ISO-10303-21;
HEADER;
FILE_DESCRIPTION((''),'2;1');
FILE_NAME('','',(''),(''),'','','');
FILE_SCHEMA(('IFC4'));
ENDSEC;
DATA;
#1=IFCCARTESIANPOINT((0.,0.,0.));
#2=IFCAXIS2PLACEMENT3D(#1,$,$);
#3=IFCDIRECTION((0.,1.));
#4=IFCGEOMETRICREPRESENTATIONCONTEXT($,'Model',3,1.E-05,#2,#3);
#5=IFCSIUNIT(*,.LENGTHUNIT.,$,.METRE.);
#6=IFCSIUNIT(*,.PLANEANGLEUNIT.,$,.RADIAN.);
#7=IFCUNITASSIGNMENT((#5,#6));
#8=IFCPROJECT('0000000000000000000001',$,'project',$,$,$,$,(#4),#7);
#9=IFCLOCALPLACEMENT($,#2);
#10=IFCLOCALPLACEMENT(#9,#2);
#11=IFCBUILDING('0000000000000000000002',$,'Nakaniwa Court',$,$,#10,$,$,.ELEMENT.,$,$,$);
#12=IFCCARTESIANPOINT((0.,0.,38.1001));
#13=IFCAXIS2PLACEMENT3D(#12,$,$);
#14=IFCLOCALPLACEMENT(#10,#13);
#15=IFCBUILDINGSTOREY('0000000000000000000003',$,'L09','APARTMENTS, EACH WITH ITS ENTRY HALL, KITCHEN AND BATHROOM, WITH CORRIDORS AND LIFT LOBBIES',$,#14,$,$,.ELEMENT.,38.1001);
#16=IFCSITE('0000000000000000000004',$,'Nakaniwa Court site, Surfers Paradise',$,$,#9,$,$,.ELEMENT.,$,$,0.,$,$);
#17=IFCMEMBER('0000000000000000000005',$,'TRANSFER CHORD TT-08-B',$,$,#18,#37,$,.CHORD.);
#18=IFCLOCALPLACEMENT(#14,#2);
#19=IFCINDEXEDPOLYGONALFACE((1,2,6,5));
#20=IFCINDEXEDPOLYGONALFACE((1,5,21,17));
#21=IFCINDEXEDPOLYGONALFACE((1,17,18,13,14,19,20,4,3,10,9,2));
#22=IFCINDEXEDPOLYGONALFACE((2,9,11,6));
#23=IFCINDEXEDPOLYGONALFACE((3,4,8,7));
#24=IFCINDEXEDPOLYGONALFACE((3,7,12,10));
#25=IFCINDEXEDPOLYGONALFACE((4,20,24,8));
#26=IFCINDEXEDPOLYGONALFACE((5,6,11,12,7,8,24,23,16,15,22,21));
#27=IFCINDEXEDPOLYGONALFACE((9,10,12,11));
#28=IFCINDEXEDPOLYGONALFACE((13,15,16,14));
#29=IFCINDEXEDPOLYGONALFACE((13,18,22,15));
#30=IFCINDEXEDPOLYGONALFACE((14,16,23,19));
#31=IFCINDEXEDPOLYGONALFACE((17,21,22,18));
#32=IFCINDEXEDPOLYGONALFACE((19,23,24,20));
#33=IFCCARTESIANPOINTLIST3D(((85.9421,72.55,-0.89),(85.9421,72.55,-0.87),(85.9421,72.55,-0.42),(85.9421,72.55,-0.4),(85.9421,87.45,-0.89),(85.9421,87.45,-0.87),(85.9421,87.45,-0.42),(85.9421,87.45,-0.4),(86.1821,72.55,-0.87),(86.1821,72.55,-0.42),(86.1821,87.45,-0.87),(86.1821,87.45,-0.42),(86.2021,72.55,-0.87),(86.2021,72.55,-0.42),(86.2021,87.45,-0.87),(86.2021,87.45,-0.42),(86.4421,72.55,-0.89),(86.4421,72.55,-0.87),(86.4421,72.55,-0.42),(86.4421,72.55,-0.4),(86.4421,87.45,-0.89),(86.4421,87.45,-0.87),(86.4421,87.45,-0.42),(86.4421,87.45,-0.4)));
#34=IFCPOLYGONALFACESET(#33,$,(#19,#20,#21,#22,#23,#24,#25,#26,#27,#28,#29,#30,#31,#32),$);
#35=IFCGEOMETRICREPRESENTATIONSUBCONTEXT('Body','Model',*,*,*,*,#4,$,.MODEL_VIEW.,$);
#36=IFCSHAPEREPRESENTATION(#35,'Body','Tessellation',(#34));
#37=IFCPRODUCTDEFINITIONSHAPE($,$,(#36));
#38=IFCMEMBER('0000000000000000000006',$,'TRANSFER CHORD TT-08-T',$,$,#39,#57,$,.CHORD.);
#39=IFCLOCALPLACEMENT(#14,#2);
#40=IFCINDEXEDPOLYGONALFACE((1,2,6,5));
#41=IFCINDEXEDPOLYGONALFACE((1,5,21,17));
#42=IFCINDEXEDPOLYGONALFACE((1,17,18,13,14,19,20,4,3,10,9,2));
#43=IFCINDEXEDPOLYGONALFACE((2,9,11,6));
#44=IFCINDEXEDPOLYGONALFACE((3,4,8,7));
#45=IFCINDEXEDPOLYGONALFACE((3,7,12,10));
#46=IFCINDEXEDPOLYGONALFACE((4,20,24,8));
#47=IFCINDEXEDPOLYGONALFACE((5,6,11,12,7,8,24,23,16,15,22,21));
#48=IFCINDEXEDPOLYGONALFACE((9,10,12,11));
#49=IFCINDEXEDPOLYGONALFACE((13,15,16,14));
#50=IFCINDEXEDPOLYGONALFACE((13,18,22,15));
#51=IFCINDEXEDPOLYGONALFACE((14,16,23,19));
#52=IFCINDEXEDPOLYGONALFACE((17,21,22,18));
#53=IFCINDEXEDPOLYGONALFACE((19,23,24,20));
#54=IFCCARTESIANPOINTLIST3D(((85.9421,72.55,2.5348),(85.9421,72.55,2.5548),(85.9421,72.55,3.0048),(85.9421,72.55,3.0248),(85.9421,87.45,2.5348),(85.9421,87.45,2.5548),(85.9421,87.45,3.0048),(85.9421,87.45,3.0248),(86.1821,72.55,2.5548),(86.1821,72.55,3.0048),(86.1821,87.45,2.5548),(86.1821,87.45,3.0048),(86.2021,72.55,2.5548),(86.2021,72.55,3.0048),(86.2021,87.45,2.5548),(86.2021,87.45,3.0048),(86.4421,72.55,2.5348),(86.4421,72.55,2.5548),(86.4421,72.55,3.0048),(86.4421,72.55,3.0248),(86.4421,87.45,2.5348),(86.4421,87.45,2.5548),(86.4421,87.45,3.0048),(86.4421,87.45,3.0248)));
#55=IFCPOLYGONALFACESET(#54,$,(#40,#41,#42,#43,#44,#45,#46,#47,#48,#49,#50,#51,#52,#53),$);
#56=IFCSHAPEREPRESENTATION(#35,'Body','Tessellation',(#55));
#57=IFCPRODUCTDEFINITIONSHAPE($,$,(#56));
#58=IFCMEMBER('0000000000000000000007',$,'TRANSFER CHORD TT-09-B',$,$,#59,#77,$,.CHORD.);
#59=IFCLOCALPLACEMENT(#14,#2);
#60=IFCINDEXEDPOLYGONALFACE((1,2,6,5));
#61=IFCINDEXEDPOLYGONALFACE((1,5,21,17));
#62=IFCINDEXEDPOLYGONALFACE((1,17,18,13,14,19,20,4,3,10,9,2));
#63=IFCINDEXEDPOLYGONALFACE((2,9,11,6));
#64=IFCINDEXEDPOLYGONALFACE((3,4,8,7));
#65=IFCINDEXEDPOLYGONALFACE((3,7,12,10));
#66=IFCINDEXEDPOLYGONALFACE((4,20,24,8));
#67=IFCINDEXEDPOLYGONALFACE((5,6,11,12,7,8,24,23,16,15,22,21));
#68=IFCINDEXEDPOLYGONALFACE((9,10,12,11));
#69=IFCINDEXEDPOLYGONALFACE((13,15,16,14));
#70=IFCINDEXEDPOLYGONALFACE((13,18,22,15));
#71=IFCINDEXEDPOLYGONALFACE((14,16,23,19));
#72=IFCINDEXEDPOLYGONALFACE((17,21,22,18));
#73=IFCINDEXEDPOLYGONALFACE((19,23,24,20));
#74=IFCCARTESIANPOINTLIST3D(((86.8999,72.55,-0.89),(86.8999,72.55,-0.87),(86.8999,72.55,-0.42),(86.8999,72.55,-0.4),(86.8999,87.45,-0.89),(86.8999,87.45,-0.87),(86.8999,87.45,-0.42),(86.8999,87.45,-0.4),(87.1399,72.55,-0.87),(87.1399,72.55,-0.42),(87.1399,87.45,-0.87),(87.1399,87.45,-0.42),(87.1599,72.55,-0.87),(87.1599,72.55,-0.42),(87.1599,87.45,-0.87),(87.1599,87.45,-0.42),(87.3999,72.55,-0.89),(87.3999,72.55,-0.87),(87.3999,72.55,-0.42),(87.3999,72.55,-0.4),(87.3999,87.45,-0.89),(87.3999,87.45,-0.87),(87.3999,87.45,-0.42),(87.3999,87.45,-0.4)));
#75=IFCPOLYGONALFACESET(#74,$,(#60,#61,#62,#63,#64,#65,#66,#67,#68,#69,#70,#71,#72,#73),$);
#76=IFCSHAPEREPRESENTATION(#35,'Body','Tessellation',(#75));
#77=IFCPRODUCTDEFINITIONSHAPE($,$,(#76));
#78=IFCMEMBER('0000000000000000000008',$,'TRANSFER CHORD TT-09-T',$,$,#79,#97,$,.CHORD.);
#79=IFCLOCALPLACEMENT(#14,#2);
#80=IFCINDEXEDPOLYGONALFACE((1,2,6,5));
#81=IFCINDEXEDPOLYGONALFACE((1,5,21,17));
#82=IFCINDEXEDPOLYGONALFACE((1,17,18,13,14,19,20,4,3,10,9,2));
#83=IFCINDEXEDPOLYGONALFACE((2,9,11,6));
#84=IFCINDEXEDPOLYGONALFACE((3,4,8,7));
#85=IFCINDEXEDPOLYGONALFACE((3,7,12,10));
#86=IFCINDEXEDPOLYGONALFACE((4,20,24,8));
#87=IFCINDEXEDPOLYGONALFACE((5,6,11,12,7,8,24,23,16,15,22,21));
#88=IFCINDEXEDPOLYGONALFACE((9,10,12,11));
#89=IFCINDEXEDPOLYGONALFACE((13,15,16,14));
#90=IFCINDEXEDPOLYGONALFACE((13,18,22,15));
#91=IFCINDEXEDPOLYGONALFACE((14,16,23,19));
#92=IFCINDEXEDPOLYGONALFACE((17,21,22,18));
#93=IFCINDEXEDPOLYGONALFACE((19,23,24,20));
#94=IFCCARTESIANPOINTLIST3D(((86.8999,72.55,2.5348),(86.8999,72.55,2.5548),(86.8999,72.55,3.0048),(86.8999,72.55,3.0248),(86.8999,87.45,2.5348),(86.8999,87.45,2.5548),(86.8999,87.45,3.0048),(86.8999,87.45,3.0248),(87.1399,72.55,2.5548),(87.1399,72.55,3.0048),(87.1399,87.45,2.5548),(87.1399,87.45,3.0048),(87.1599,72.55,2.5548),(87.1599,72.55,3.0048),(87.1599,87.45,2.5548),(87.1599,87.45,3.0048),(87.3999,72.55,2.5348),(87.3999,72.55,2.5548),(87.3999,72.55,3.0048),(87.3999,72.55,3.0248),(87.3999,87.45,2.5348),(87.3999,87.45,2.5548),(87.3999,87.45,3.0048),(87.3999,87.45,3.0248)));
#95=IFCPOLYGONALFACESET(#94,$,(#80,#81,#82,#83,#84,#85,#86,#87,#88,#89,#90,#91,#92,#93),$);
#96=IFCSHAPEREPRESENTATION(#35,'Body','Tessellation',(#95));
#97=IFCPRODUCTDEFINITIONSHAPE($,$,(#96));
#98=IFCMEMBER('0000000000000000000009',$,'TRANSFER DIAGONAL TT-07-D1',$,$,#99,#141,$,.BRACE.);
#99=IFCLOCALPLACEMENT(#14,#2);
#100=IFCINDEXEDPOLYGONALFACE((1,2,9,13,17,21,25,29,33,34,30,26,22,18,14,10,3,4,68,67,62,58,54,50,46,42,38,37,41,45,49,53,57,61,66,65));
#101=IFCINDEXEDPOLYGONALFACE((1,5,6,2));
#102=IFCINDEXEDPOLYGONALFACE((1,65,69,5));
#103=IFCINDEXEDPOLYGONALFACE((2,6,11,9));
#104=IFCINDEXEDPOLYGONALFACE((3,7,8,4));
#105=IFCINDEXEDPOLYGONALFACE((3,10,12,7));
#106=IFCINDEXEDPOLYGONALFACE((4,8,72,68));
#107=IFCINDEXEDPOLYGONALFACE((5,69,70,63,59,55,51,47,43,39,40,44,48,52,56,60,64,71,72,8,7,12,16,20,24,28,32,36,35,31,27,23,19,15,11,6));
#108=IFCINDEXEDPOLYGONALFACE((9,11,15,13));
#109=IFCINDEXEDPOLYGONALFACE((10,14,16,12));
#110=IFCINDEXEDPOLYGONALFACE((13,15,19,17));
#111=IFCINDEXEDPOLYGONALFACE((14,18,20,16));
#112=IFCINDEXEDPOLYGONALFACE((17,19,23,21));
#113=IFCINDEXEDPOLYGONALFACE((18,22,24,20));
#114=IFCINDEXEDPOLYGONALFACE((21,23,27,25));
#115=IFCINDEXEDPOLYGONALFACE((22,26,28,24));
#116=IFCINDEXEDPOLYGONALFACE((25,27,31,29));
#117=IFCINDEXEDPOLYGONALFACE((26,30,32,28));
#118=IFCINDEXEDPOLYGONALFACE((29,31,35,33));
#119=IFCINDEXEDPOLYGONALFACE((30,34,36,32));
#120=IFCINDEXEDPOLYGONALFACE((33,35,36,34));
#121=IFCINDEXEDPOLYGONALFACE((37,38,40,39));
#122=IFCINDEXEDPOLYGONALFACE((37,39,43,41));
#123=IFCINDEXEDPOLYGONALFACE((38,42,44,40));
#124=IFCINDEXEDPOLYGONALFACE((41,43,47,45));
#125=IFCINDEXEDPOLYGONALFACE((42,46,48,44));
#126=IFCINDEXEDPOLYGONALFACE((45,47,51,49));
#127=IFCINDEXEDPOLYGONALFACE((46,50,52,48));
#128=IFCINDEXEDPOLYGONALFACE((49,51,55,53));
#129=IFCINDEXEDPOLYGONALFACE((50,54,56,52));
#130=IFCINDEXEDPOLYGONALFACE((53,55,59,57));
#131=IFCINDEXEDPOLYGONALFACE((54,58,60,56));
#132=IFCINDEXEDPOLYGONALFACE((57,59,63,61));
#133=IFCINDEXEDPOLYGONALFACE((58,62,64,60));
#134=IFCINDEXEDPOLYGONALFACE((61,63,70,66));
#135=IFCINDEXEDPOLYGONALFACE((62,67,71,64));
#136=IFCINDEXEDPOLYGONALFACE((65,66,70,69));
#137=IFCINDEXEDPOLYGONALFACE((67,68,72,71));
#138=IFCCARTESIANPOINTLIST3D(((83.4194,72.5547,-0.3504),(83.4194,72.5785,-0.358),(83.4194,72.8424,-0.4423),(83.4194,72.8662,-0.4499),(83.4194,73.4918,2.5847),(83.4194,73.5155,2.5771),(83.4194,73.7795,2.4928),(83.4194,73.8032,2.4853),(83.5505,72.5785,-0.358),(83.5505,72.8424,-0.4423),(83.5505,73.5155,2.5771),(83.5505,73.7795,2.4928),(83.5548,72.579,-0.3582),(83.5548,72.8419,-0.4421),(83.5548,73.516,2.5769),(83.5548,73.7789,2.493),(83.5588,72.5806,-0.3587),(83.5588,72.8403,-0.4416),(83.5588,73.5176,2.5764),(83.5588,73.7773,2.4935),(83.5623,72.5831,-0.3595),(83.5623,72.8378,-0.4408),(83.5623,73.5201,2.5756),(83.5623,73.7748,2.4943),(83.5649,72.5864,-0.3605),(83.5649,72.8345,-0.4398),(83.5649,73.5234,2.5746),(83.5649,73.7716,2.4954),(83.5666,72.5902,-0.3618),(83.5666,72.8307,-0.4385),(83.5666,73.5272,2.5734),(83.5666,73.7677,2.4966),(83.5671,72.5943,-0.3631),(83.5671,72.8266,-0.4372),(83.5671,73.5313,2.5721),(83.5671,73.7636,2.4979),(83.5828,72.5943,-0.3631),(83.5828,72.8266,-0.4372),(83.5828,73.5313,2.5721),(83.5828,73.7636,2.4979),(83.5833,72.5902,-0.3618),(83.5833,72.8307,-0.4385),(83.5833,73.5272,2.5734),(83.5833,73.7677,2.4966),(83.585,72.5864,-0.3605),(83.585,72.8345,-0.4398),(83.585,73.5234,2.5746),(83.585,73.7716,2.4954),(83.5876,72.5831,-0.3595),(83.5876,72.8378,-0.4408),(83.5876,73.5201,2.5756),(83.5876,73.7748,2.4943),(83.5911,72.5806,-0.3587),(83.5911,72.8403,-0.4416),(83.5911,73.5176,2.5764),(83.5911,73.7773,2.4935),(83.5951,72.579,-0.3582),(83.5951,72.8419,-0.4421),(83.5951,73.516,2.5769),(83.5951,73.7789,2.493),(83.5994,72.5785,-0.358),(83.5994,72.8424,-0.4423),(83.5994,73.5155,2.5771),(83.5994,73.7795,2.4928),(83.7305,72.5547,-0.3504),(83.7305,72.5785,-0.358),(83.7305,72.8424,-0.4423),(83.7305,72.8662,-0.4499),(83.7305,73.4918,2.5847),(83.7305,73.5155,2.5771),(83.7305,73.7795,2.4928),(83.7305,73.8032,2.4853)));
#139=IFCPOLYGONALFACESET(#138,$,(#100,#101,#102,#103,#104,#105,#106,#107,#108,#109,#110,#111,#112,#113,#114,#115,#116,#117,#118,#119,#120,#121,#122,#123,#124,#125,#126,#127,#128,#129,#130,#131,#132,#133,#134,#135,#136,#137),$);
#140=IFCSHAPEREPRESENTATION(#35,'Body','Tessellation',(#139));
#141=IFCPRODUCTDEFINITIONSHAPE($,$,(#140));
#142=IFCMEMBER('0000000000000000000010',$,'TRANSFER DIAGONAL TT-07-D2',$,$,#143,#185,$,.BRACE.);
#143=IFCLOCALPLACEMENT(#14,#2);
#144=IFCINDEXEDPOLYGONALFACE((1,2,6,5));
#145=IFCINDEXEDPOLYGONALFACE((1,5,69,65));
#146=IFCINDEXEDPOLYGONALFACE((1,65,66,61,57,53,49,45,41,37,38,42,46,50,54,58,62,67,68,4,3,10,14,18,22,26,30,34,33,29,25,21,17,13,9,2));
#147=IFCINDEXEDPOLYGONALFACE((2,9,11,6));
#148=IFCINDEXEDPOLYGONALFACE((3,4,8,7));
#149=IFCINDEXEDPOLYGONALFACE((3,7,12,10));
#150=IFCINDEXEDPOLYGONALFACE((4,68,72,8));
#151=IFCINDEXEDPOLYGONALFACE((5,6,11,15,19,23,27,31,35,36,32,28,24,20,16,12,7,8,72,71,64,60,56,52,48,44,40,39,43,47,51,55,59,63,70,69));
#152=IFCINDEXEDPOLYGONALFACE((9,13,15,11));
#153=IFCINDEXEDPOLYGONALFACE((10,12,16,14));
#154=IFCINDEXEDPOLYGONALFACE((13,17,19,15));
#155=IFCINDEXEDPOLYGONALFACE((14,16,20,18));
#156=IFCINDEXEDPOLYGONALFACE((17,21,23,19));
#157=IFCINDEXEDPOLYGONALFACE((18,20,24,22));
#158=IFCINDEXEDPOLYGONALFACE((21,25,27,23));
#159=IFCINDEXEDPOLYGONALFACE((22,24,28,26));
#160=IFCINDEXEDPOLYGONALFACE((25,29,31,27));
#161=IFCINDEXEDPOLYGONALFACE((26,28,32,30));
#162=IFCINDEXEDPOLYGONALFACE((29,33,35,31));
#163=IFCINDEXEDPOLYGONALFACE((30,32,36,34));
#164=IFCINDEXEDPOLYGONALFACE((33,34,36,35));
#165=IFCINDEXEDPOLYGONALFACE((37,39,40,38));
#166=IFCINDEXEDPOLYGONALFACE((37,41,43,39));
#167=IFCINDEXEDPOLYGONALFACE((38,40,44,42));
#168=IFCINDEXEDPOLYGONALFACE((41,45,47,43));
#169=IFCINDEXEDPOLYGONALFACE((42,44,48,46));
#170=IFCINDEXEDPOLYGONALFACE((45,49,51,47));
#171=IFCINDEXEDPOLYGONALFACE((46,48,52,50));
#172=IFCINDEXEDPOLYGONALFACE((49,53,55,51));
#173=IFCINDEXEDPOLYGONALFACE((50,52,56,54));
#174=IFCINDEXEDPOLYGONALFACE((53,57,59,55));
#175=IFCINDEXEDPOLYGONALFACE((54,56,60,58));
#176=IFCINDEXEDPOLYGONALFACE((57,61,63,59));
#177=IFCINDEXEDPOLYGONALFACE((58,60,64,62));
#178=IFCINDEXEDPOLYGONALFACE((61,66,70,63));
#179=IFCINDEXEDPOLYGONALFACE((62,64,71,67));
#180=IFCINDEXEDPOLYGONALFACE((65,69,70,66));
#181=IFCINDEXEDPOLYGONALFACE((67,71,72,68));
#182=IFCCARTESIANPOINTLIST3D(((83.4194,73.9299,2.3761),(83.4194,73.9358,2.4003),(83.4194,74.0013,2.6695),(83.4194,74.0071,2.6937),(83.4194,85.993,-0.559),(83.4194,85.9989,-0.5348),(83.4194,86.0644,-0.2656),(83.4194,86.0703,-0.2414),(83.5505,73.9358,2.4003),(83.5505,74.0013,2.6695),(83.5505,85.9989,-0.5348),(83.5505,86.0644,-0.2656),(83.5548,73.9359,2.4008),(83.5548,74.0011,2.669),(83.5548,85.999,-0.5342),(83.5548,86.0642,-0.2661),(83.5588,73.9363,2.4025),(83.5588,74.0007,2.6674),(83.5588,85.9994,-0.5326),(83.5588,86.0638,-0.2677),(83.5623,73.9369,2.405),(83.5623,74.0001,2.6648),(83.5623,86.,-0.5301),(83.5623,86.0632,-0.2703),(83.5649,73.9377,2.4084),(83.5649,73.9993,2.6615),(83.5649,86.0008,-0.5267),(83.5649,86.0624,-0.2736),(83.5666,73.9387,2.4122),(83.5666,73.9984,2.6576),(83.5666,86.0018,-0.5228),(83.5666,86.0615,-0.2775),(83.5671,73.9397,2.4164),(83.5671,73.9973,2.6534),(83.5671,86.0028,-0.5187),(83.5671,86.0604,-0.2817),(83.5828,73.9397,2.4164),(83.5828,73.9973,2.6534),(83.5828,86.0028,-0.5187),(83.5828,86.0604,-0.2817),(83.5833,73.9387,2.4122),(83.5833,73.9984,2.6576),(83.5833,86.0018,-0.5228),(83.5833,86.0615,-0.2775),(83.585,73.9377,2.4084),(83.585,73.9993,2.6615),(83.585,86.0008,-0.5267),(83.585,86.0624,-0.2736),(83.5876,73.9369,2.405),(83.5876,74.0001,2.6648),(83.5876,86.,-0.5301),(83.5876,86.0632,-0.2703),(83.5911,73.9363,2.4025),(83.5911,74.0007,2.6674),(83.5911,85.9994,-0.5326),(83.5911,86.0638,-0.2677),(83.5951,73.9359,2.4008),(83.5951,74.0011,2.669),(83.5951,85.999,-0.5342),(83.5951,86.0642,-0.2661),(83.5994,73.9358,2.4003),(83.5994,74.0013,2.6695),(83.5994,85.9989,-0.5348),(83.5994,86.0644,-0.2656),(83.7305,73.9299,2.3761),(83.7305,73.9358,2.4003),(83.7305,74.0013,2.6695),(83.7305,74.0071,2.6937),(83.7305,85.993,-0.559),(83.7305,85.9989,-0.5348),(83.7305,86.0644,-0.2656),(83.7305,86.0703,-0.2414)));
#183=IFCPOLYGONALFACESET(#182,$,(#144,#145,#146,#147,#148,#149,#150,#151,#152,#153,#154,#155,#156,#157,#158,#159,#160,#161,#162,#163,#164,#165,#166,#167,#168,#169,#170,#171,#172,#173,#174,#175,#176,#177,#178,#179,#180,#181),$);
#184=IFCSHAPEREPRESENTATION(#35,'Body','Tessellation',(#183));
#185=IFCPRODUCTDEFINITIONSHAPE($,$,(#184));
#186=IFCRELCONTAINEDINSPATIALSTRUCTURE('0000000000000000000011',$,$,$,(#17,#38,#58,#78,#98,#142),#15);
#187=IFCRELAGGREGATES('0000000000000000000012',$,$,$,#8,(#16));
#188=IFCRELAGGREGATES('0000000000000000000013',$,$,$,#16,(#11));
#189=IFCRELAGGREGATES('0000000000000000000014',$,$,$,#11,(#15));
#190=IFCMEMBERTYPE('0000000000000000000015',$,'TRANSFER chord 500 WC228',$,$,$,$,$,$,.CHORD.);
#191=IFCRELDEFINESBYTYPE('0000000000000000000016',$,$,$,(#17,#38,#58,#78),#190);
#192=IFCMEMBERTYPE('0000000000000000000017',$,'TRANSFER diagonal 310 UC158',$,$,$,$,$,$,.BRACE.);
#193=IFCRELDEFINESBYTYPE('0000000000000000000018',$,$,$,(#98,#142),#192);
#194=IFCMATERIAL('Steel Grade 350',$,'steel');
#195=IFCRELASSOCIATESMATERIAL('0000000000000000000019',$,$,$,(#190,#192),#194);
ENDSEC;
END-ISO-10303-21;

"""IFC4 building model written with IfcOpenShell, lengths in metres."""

from ifc_helpers import new_model, si_unit, direction, frame, origin, origin_2d, place, context, subcontext, project, spatial, i_section, extrude, material, material_profile, profile_set, type_object, element, save


model = new_model("IFC4")

# Units and contexts
model_context = context("Model", 3, precision=1e-05, world=origin(), true_north=direction((0.0, 1.0)))
body_context = subcontext(model_context, "Body", "Model", "MODEL_VIEW")
ifc_project = project(units=[si_unit("LENGTHUNIT", "METRE"), si_unit("PLANEANGLEUNIT", "RADIAN")], contexts=[model_context])

# Site, building, storey
site_placement = place(None, origin())
site = spatial("IfcSite", under=ifc_project, at=site_placement, Name="Nakaniwa Court site, Surfers Paradise", CompositionType="ELEMENT", RefElevation=0.0)
building_placement = place(site_placement, origin())
building = spatial("IfcBuilding", under=site, at=building_placement, Name="Nakaniwa Court", CompositionType="ELEMENT")
storey_placement = place(building_placement, frame((0.0, 0.0, 38.1001)))
storey = spatial("IfcBuildingStorey", under=building, at=storey_placement, Name="L09", Description="APARTMENTS, EACH WITH ITS ENTRY HALL, KITCHEN AND BATHROOM, WITH CORRIDORS AND LIFT LOBBIES", CompositionType="ELEMENT", Elevation=38.1001)

# Members
ifc_material_1 = material(Name="Steel Grade 350", Category="steel")
ifc_material_profile_1 = material_profile(ifc_material_1, i_section(OverallWidth=0.5, OverallDepth=0.49, WebThickness=0.02, FlangeThickness=0.02, at=origin_2d()), Name="500WC228")
ifc_profile_set_1 = profile_set([ifc_material_profile_1], Name="Steel Grade 350")
member_type_1 = type_object("IfcMemberType", Name="TRANSFER chord 500 WC228", PredefinedType="CHORD", material=ifc_profile_set_1)
for number, where, z_axis, x_axis, name in (
    (1, (86.1921, 72.55, -0.645), (0.0, 1.0, 0.0), (-1.0, 0.0, 0.0), "TRANSFER CHORD TT-08-B"),
    (2, (86.1921, 72.55, 2.7798), (0.0, 1.0, 0.0), (-1.0, 0.0, 0.0), "TRANSFER CHORD TT-08-T"),
    (3, (87.1499, 72.55, -0.645), (0.0, 1.0, 0.0), (-1.0, 0.0, 0.0), "TRANSFER CHORD TT-09-B"),
    (4, (87.1499, 72.55, 2.7798), (0.0, 1.0, 0.0), (-1.0, 0.0, 0.0), "TRANSFER CHORD TT-09-T"),
):
    element("IfcMember", number, at=place(storey_placement, frame(where, z_axis=z_axis, x_axis=x_axis)), inside=storey, type_object=member_type_1, Name=name, PredefinedType="CHORD", context=body_context, shape_type="SweptSolid", body=[
        extrude(i_section(OverallWidth=0.5, OverallDepth=0.49, WebThickness=0.02, FlangeThickness=0.02, at=origin_2d()), origin(), (0.0, 0.0, 1.0), 14.8999),
    ])
ifc_material_profile_2 = material_profile(ifc_material_1, i_section(OverallWidth=0.311, OverallDepth=0.3269, WebThickness=0.0156, FlangeThickness=0.0249, FilletRadius=0.0166, at=origin_2d()), Name="310UC158")
ifc_profile_set_2 = profile_set([ifc_material_profile_2], Name="Steel Grade 350")
member_type_2 = type_object("IfcMemberType", Name="TRANSFER diagonal 310 UC158", PredefinedType="BRACE", material=ifc_profile_set_2)
member_1_placement = place(storey_placement, frame((83.575, 72.7104, -0.4001), z_axis=(0.0, 0.304126, 0.952632), x_axis=(-1.0, 0.0, 0.0)))
element("IfcMember", 5, at=member_1_placement, inside=storey, type_object=member_type_2, Name="TRANSFER DIAGONAL TT-07-D1", PredefinedType="BRACE", context=body_context, shape_type="SweptSolid", body=[
    extrude(i_section(OverallWidth=0.311, OverallDepth=0.3269, WebThickness=0.0156, FlangeThickness=0.0249, FilletRadius=0.0166, at=origin_2d()), origin(), (0.0, 0.0, 1.0), 3.0811),
])
member_2_placement = place(storey_placement, frame((83.575, 73.9685, 2.5349), z_axis=(0.0, 0.971652, -0.236414), x_axis=(-1.0, 0.0, 0.0)))
element("IfcMember", 6, at=member_2_placement, inside=storey, type_object=member_type_2, Name="TRANSFER DIAGONAL TT-07-D2", PredefinedType="BRACE", context=body_context, shape_type="SweptSolid", body=[
    extrude(i_section(OverallWidth=0.311, OverallDepth=0.3269, WebThickness=0.0156, FlangeThickness=0.0249, FilletRadius=0.0166, at=origin_2d()), origin(), (0.0, 0.0, 1.0), 12.415),
])

save(model, "model.ifc")
